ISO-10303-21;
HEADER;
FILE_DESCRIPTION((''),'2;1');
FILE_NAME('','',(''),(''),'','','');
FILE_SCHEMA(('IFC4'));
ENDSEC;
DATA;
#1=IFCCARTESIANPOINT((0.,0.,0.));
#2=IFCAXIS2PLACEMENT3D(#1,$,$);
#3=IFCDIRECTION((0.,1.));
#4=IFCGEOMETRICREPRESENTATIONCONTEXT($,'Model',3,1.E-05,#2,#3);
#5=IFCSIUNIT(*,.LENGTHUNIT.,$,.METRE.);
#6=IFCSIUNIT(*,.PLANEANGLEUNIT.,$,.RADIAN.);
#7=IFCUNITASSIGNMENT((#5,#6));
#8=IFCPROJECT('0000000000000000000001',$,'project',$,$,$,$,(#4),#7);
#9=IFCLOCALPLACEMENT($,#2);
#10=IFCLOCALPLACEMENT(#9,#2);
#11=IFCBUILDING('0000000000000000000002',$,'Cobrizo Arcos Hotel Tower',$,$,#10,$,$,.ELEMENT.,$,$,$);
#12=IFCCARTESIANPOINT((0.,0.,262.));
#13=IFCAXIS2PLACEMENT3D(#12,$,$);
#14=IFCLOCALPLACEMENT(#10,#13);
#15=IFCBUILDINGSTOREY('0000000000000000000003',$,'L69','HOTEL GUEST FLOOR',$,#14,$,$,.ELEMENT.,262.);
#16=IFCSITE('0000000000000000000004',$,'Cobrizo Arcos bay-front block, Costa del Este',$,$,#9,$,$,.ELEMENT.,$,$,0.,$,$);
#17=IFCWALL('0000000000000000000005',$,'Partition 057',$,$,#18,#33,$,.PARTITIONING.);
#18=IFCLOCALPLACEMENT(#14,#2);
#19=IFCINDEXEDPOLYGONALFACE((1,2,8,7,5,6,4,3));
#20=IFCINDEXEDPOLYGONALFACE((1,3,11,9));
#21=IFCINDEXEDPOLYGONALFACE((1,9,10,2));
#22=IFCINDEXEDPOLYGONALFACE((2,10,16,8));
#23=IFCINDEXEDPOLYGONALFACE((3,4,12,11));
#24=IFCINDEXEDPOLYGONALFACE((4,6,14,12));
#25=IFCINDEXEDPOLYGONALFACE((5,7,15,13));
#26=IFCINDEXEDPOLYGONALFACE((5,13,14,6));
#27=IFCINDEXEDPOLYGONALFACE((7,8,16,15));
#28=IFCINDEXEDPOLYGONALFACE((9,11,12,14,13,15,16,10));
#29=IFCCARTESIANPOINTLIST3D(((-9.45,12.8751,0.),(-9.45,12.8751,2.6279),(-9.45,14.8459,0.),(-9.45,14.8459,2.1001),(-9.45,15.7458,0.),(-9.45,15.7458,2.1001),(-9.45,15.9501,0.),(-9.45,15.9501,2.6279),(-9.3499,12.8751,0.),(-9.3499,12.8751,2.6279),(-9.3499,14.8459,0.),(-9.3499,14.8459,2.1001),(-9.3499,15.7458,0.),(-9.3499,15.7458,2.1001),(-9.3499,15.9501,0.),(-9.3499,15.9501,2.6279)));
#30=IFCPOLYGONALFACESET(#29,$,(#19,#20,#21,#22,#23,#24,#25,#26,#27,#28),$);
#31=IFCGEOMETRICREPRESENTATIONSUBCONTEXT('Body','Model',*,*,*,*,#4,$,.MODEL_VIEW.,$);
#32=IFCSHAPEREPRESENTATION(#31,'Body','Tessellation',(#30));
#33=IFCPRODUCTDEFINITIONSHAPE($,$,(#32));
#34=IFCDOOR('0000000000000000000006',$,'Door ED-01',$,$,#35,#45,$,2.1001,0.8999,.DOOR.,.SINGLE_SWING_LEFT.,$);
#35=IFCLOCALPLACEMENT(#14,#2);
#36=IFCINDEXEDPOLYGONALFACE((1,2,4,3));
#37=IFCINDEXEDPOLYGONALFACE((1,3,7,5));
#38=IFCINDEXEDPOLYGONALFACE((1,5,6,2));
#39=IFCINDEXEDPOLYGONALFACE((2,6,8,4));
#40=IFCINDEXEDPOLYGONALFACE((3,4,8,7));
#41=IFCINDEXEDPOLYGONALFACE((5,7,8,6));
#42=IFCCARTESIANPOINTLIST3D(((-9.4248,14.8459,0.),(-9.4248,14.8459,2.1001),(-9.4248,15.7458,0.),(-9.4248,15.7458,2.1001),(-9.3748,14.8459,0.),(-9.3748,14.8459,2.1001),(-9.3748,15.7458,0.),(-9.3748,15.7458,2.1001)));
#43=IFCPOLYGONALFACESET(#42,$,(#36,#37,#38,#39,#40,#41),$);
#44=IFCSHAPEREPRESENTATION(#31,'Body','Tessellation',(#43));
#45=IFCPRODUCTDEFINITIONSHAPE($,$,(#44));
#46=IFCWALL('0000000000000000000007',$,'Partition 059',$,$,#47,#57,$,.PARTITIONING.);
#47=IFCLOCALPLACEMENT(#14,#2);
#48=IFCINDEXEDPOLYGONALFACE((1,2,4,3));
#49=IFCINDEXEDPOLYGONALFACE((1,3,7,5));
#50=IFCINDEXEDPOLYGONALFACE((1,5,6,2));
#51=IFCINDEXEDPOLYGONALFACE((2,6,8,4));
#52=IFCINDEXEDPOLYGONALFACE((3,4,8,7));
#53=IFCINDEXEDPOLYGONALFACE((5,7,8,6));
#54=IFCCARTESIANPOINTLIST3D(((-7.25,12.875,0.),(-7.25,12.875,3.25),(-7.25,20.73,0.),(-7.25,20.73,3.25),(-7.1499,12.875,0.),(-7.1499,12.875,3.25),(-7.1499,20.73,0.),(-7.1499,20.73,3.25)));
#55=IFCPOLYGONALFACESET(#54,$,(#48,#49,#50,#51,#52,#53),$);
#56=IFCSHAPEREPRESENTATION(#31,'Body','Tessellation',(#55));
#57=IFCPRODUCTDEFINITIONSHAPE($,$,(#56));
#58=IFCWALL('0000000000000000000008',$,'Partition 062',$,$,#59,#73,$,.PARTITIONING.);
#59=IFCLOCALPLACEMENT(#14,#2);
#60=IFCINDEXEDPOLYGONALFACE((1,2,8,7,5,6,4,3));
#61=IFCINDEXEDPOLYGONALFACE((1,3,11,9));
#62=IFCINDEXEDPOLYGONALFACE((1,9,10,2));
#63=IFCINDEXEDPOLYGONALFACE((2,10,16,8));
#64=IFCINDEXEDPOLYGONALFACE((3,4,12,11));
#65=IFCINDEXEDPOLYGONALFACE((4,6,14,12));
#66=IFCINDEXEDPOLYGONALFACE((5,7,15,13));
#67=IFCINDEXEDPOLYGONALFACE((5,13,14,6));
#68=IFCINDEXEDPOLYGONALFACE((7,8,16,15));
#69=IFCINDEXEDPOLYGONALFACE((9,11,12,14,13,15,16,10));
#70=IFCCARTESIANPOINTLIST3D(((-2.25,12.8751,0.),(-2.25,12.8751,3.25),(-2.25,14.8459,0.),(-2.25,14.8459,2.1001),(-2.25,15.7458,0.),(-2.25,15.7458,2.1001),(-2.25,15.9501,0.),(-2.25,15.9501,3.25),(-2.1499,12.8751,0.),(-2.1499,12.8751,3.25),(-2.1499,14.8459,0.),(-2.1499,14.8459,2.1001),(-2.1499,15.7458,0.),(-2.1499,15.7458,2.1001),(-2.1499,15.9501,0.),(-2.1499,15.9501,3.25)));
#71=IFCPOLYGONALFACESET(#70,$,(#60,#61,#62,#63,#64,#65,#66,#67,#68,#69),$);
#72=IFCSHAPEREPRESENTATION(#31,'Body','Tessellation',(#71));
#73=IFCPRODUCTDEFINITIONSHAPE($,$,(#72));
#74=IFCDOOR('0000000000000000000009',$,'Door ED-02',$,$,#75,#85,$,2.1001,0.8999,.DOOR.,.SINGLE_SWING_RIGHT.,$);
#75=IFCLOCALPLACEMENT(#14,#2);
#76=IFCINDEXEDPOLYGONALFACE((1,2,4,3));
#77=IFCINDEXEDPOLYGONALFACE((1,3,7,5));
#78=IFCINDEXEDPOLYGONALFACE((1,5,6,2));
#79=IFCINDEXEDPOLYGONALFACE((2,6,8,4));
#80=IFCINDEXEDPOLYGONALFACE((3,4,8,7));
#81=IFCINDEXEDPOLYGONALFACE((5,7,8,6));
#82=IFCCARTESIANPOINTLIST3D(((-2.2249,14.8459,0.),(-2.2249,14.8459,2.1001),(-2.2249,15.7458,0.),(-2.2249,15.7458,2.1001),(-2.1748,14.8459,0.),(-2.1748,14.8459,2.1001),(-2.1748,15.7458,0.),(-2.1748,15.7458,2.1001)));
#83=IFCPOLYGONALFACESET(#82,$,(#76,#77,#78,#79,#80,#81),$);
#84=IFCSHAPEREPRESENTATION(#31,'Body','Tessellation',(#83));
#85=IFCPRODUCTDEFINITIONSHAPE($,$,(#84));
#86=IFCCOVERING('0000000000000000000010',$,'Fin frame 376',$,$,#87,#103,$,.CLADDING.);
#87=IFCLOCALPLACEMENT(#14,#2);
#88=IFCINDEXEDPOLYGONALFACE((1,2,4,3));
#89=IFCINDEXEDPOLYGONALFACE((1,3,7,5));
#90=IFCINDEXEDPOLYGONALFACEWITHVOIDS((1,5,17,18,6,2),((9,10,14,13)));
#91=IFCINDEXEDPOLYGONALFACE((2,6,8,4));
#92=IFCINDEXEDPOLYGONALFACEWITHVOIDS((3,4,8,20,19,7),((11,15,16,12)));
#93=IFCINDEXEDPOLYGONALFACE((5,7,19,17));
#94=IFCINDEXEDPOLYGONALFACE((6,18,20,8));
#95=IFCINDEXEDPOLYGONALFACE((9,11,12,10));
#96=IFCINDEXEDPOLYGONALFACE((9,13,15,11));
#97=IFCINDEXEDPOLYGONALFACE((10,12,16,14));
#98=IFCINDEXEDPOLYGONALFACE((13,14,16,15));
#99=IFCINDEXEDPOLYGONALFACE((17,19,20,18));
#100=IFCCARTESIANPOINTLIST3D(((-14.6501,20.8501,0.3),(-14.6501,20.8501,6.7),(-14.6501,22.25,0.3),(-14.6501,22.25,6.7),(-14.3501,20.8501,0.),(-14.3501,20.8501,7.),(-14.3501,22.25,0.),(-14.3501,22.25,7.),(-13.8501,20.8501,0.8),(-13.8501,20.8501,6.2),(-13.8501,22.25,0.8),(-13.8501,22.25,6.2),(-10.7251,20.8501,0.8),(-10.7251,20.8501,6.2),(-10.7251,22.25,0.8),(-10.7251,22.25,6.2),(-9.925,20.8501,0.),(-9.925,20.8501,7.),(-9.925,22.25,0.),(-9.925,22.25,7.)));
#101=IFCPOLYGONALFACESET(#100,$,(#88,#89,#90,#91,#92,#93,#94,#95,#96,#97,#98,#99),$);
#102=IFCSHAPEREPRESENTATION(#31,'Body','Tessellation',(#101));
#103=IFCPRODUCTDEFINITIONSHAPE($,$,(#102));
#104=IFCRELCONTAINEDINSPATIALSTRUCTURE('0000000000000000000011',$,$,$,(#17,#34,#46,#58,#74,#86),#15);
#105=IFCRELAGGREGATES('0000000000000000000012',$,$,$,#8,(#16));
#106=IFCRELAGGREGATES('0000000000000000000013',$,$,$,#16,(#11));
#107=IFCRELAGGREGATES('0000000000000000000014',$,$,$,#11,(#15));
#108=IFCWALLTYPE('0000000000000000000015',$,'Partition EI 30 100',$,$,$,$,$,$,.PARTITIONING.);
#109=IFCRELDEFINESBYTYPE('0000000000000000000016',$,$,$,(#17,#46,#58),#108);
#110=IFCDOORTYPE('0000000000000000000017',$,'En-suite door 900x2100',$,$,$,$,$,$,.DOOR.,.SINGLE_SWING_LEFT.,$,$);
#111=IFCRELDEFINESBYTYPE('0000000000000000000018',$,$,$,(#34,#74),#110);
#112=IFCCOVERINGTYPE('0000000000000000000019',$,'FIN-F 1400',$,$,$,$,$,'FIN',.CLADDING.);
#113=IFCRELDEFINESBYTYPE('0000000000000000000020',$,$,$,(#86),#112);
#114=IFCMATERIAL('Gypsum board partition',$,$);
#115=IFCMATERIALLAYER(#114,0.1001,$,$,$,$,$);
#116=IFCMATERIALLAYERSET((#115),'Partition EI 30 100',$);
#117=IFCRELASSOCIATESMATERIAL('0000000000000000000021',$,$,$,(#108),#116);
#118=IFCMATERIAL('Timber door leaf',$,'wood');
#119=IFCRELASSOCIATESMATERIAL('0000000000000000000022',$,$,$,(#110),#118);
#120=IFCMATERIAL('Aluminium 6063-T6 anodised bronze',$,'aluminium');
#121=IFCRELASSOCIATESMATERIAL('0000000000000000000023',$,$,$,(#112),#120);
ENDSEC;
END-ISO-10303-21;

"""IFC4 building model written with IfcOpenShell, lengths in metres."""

from ifc_helpers import new_model, si_unit, direction, frame, frame_2d, origin, place, context, subcontext, project, spatial, polyline, rectangle, outline, extrude, material, layer, layer_set, type_object, element, fill, save


model = new_model("IFC4")

# Units and contexts
model_context = context("Model", 3, precision=1e-05, world=origin(), true_north=direction((0.0, 1.0)))
body_context = subcontext(model_context, "Body", "Model", "MODEL_VIEW")
ifc_project = project(units=[si_unit("LENGTHUNIT", "METRE"), si_unit("PLANEANGLEUNIT", "RADIAN")], contexts=[model_context])

# Site, building, storey
site_placement = place(None, origin())
site = spatial("IfcSite", under=ifc_project, at=site_placement, Name="Cobrizo Arcos bay-front block, Costa del Este", CompositionType="ELEMENT", RefElevation=0.0)
building_placement = place(site_placement, origin())
building = spatial("IfcBuilding", under=site, at=building_placement, Name="Cobrizo Arcos Hotel Tower", CompositionType="ELEMENT")
storey_placement = place(building_placement, frame((0.0, 0.0, 262.0)))
storey = spatial("IfcBuildingStorey", under=building, at=storey_placement, Name="L69", Description="HOTEL GUEST FLOOR", CompositionType="ELEMENT", Elevation=262.0)

# Shared definitions
ifc_material_1 = material(Name="Aluminium 6063-T6 anodised bronze", Category="aluminium")

# Shared definitions
ifc_material_2 = material(Name="Gypsum board partition")
ifc_layer_1 = layer(ifc_material_2, 0.1001)
ifc_layer_set_1 = layer_set([ifc_layer_1], Name="Partition EI 30 100")
wall_type = type_object("IfcWallType", Name="Partition EI 30 100", PredefinedType="PARTITIONING", material=ifc_layer_set_1)

# Shared definitions
ifc_material_3 = material(Name="Timber door leaf", Category="wood")
door_type = type_object("IfcDoorType", Name="En-suite door 900x2100", OperationType="SINGLE_SWING_LEFT", PredefinedType="DOOR", material=ifc_material_3)

# Wall, opening, door
wall_1_placement = place(storey_placement, frame((-9.3999, 12.875, 0.0), z_axis=(0.0, 0.0, 1.0), x_axis=(0.0, 1.0, 0.0)))
wall_1 = element("IfcWall", 1, at=wall_1_placement, inside=storey, type_object=wall_type, Name="Partition 057", PredefinedType="PARTITIONING", context=body_context, shape_type="SweptSolid", body=[
    extrude(rectangle(XDim=3.075, YDim=0.1001, at=frame_2d((1.5376, 0.0))), origin(), (0.0, 0.0, 1.0), 2.6279),
])
opening_1_placement = place(wall_1_placement, frame((1.9709, 0.0, 0.0)))
opening_1 = element("IfcOpeningElement", 2, at=opening_1_placement, cuts=wall_1, PredefinedType="OPENING", context=body_context, shape_type="SweptSolid", body=[
    extrude(rectangle(XDim=0.8999, YDim=2.1001, at=frame_2d((0.45, 1.05))), frame((0.0, 0.062, 0.0), z_axis=(0.0, -1.0, 0.0), x_axis=(1.0, 0.0, 0.0)), (0.0, 0.0, 1.0), 0.124),
])
door_1_placement = place(opening_1_placement, origin())
door_1 = element("IfcDoor", 3, at=door_1_placement, inside=storey, type_object=door_type, Name="Door ED-01", OperationType="SINGLE_SWING_LEFT", OverallHeight=2.1001, OverallWidth=0.8999, PredefinedType="DOOR", context=body_context, shape_type="SweptSolid", body=[
    extrude(rectangle(XDim=0.8999, YDim=2.1001, at=frame_2d((0.45, 1.05))), frame((0.0, 0.0249, 0.0), z_axis=(0.0, -1.0, 0.0), x_axis=(1.0, 0.0, 0.0)), (0.0, 0.0, 1.0), 0.05),
])
fill(opening_1, door_1)

# Wall
wall_2_placement = place(storey_placement, frame((-7.2, 12.875, 0.0), z_axis=(0.0, 0.0, 1.0), x_axis=(0.0, 1.0, 0.0)))
element("IfcWall", 4, at=wall_2_placement, inside=storey, type_object=wall_type, Name="Partition 059", PredefinedType="PARTITIONING", context=body_context, shape_type="SweptSolid", body=[
    extrude(rectangle(XDim=7.855, YDim=0.1001, at=frame_2d((3.9275, 0.0))), origin(), (0.0, 0.0, 1.0), 3.25),
])

# Wall, opening, door
wall_3_placement = place(storey_placement, frame((-2.2, 12.875, 0.0), z_axis=(0.0, 0.0, 1.0), x_axis=(0.0, 1.0, 0.0)))
wall_3 = element("IfcWall", 5, at=wall_3_placement, inside=storey, type_object=wall_type, Name="Partition 062", PredefinedType="PARTITIONING", context=body_context, shape_type="SweptSolid", body=[
    extrude(rectangle(XDim=3.075, YDim=0.1001, at=frame_2d((1.5376, 0.0))), origin(), (0.0, 0.0, 1.0), 3.25),
])
opening_2_placement = place(wall_3_placement, frame((1.9709, 0.0, 0.0)))
opening_2 = element("IfcOpeningElement", 6, at=opening_2_placement, cuts=wall_3, PredefinedType="OPENING", context=body_context, shape_type="SweptSolid", body=[
    extrude(rectangle(XDim=0.8999, YDim=2.1001, at=frame_2d((0.45, 1.05))), frame((0.0, 0.062, 0.0), z_axis=(0.0, -1.0, 0.0), x_axis=(1.0, 0.0, 0.0)), (0.0, 0.0, 1.0), 0.124),
])
door_2_placement = place(opening_2_placement, origin())
door_2 = element("IfcDoor", 7, at=door_2_placement, inside=storey, type_object=door_type, Name="Door ED-02", OperationType="SINGLE_SWING_RIGHT", OverallHeight=2.1001, OverallWidth=0.8999, PredefinedType="DOOR", context=body_context, shape_type="SweptSolid", body=[
    extrude(rectangle(XDim=0.8999, YDim=2.1001, at=frame_2d((0.45, 1.05))), frame((0.0, 0.0249, 0.0), z_axis=(0.0, -1.0, 0.0), x_axis=(1.0, 0.0, 0.0)), (0.0, 0.0, 1.0), 0.05),
])
fill(opening_2, door_2)

# Covering
covering_type = type_object("IfcCoveringType", Name="FIN-F 1400", ElementType="FIN", PredefinedType="CLADDING", material=ifc_material_1)
covering_placement = place(storey_placement, frame((-9.925, 20.8501, 0.0), z_axis=(0.0, 1.0, 0.0), x_axis=(-1.0, 0.0, 0.0)))
element("IfcCovering", 8, at=covering_placement, inside=storey, type_object=covering_type, Name="Fin frame 376", PredefinedType="CLADDING", context=body_context, shape_type="SweptSolid", body=[
    extrude(outline(polyline([(0.0, 7.0), (0.0, 0.0), (4.425, 0.0), (4.7251, 0.3), (4.7251, 6.7), (4.425, 7.0), (0.0, 7.0)]), holes=[polyline([(3.925, 0.8), (0.8, 0.8), (0.8, 6.2), (3.925, 6.2), (3.925, 0.8)])]), origin(), (0.0, 0.0, 1.0), 1.3999),
])

save(model, "model.ifc")
